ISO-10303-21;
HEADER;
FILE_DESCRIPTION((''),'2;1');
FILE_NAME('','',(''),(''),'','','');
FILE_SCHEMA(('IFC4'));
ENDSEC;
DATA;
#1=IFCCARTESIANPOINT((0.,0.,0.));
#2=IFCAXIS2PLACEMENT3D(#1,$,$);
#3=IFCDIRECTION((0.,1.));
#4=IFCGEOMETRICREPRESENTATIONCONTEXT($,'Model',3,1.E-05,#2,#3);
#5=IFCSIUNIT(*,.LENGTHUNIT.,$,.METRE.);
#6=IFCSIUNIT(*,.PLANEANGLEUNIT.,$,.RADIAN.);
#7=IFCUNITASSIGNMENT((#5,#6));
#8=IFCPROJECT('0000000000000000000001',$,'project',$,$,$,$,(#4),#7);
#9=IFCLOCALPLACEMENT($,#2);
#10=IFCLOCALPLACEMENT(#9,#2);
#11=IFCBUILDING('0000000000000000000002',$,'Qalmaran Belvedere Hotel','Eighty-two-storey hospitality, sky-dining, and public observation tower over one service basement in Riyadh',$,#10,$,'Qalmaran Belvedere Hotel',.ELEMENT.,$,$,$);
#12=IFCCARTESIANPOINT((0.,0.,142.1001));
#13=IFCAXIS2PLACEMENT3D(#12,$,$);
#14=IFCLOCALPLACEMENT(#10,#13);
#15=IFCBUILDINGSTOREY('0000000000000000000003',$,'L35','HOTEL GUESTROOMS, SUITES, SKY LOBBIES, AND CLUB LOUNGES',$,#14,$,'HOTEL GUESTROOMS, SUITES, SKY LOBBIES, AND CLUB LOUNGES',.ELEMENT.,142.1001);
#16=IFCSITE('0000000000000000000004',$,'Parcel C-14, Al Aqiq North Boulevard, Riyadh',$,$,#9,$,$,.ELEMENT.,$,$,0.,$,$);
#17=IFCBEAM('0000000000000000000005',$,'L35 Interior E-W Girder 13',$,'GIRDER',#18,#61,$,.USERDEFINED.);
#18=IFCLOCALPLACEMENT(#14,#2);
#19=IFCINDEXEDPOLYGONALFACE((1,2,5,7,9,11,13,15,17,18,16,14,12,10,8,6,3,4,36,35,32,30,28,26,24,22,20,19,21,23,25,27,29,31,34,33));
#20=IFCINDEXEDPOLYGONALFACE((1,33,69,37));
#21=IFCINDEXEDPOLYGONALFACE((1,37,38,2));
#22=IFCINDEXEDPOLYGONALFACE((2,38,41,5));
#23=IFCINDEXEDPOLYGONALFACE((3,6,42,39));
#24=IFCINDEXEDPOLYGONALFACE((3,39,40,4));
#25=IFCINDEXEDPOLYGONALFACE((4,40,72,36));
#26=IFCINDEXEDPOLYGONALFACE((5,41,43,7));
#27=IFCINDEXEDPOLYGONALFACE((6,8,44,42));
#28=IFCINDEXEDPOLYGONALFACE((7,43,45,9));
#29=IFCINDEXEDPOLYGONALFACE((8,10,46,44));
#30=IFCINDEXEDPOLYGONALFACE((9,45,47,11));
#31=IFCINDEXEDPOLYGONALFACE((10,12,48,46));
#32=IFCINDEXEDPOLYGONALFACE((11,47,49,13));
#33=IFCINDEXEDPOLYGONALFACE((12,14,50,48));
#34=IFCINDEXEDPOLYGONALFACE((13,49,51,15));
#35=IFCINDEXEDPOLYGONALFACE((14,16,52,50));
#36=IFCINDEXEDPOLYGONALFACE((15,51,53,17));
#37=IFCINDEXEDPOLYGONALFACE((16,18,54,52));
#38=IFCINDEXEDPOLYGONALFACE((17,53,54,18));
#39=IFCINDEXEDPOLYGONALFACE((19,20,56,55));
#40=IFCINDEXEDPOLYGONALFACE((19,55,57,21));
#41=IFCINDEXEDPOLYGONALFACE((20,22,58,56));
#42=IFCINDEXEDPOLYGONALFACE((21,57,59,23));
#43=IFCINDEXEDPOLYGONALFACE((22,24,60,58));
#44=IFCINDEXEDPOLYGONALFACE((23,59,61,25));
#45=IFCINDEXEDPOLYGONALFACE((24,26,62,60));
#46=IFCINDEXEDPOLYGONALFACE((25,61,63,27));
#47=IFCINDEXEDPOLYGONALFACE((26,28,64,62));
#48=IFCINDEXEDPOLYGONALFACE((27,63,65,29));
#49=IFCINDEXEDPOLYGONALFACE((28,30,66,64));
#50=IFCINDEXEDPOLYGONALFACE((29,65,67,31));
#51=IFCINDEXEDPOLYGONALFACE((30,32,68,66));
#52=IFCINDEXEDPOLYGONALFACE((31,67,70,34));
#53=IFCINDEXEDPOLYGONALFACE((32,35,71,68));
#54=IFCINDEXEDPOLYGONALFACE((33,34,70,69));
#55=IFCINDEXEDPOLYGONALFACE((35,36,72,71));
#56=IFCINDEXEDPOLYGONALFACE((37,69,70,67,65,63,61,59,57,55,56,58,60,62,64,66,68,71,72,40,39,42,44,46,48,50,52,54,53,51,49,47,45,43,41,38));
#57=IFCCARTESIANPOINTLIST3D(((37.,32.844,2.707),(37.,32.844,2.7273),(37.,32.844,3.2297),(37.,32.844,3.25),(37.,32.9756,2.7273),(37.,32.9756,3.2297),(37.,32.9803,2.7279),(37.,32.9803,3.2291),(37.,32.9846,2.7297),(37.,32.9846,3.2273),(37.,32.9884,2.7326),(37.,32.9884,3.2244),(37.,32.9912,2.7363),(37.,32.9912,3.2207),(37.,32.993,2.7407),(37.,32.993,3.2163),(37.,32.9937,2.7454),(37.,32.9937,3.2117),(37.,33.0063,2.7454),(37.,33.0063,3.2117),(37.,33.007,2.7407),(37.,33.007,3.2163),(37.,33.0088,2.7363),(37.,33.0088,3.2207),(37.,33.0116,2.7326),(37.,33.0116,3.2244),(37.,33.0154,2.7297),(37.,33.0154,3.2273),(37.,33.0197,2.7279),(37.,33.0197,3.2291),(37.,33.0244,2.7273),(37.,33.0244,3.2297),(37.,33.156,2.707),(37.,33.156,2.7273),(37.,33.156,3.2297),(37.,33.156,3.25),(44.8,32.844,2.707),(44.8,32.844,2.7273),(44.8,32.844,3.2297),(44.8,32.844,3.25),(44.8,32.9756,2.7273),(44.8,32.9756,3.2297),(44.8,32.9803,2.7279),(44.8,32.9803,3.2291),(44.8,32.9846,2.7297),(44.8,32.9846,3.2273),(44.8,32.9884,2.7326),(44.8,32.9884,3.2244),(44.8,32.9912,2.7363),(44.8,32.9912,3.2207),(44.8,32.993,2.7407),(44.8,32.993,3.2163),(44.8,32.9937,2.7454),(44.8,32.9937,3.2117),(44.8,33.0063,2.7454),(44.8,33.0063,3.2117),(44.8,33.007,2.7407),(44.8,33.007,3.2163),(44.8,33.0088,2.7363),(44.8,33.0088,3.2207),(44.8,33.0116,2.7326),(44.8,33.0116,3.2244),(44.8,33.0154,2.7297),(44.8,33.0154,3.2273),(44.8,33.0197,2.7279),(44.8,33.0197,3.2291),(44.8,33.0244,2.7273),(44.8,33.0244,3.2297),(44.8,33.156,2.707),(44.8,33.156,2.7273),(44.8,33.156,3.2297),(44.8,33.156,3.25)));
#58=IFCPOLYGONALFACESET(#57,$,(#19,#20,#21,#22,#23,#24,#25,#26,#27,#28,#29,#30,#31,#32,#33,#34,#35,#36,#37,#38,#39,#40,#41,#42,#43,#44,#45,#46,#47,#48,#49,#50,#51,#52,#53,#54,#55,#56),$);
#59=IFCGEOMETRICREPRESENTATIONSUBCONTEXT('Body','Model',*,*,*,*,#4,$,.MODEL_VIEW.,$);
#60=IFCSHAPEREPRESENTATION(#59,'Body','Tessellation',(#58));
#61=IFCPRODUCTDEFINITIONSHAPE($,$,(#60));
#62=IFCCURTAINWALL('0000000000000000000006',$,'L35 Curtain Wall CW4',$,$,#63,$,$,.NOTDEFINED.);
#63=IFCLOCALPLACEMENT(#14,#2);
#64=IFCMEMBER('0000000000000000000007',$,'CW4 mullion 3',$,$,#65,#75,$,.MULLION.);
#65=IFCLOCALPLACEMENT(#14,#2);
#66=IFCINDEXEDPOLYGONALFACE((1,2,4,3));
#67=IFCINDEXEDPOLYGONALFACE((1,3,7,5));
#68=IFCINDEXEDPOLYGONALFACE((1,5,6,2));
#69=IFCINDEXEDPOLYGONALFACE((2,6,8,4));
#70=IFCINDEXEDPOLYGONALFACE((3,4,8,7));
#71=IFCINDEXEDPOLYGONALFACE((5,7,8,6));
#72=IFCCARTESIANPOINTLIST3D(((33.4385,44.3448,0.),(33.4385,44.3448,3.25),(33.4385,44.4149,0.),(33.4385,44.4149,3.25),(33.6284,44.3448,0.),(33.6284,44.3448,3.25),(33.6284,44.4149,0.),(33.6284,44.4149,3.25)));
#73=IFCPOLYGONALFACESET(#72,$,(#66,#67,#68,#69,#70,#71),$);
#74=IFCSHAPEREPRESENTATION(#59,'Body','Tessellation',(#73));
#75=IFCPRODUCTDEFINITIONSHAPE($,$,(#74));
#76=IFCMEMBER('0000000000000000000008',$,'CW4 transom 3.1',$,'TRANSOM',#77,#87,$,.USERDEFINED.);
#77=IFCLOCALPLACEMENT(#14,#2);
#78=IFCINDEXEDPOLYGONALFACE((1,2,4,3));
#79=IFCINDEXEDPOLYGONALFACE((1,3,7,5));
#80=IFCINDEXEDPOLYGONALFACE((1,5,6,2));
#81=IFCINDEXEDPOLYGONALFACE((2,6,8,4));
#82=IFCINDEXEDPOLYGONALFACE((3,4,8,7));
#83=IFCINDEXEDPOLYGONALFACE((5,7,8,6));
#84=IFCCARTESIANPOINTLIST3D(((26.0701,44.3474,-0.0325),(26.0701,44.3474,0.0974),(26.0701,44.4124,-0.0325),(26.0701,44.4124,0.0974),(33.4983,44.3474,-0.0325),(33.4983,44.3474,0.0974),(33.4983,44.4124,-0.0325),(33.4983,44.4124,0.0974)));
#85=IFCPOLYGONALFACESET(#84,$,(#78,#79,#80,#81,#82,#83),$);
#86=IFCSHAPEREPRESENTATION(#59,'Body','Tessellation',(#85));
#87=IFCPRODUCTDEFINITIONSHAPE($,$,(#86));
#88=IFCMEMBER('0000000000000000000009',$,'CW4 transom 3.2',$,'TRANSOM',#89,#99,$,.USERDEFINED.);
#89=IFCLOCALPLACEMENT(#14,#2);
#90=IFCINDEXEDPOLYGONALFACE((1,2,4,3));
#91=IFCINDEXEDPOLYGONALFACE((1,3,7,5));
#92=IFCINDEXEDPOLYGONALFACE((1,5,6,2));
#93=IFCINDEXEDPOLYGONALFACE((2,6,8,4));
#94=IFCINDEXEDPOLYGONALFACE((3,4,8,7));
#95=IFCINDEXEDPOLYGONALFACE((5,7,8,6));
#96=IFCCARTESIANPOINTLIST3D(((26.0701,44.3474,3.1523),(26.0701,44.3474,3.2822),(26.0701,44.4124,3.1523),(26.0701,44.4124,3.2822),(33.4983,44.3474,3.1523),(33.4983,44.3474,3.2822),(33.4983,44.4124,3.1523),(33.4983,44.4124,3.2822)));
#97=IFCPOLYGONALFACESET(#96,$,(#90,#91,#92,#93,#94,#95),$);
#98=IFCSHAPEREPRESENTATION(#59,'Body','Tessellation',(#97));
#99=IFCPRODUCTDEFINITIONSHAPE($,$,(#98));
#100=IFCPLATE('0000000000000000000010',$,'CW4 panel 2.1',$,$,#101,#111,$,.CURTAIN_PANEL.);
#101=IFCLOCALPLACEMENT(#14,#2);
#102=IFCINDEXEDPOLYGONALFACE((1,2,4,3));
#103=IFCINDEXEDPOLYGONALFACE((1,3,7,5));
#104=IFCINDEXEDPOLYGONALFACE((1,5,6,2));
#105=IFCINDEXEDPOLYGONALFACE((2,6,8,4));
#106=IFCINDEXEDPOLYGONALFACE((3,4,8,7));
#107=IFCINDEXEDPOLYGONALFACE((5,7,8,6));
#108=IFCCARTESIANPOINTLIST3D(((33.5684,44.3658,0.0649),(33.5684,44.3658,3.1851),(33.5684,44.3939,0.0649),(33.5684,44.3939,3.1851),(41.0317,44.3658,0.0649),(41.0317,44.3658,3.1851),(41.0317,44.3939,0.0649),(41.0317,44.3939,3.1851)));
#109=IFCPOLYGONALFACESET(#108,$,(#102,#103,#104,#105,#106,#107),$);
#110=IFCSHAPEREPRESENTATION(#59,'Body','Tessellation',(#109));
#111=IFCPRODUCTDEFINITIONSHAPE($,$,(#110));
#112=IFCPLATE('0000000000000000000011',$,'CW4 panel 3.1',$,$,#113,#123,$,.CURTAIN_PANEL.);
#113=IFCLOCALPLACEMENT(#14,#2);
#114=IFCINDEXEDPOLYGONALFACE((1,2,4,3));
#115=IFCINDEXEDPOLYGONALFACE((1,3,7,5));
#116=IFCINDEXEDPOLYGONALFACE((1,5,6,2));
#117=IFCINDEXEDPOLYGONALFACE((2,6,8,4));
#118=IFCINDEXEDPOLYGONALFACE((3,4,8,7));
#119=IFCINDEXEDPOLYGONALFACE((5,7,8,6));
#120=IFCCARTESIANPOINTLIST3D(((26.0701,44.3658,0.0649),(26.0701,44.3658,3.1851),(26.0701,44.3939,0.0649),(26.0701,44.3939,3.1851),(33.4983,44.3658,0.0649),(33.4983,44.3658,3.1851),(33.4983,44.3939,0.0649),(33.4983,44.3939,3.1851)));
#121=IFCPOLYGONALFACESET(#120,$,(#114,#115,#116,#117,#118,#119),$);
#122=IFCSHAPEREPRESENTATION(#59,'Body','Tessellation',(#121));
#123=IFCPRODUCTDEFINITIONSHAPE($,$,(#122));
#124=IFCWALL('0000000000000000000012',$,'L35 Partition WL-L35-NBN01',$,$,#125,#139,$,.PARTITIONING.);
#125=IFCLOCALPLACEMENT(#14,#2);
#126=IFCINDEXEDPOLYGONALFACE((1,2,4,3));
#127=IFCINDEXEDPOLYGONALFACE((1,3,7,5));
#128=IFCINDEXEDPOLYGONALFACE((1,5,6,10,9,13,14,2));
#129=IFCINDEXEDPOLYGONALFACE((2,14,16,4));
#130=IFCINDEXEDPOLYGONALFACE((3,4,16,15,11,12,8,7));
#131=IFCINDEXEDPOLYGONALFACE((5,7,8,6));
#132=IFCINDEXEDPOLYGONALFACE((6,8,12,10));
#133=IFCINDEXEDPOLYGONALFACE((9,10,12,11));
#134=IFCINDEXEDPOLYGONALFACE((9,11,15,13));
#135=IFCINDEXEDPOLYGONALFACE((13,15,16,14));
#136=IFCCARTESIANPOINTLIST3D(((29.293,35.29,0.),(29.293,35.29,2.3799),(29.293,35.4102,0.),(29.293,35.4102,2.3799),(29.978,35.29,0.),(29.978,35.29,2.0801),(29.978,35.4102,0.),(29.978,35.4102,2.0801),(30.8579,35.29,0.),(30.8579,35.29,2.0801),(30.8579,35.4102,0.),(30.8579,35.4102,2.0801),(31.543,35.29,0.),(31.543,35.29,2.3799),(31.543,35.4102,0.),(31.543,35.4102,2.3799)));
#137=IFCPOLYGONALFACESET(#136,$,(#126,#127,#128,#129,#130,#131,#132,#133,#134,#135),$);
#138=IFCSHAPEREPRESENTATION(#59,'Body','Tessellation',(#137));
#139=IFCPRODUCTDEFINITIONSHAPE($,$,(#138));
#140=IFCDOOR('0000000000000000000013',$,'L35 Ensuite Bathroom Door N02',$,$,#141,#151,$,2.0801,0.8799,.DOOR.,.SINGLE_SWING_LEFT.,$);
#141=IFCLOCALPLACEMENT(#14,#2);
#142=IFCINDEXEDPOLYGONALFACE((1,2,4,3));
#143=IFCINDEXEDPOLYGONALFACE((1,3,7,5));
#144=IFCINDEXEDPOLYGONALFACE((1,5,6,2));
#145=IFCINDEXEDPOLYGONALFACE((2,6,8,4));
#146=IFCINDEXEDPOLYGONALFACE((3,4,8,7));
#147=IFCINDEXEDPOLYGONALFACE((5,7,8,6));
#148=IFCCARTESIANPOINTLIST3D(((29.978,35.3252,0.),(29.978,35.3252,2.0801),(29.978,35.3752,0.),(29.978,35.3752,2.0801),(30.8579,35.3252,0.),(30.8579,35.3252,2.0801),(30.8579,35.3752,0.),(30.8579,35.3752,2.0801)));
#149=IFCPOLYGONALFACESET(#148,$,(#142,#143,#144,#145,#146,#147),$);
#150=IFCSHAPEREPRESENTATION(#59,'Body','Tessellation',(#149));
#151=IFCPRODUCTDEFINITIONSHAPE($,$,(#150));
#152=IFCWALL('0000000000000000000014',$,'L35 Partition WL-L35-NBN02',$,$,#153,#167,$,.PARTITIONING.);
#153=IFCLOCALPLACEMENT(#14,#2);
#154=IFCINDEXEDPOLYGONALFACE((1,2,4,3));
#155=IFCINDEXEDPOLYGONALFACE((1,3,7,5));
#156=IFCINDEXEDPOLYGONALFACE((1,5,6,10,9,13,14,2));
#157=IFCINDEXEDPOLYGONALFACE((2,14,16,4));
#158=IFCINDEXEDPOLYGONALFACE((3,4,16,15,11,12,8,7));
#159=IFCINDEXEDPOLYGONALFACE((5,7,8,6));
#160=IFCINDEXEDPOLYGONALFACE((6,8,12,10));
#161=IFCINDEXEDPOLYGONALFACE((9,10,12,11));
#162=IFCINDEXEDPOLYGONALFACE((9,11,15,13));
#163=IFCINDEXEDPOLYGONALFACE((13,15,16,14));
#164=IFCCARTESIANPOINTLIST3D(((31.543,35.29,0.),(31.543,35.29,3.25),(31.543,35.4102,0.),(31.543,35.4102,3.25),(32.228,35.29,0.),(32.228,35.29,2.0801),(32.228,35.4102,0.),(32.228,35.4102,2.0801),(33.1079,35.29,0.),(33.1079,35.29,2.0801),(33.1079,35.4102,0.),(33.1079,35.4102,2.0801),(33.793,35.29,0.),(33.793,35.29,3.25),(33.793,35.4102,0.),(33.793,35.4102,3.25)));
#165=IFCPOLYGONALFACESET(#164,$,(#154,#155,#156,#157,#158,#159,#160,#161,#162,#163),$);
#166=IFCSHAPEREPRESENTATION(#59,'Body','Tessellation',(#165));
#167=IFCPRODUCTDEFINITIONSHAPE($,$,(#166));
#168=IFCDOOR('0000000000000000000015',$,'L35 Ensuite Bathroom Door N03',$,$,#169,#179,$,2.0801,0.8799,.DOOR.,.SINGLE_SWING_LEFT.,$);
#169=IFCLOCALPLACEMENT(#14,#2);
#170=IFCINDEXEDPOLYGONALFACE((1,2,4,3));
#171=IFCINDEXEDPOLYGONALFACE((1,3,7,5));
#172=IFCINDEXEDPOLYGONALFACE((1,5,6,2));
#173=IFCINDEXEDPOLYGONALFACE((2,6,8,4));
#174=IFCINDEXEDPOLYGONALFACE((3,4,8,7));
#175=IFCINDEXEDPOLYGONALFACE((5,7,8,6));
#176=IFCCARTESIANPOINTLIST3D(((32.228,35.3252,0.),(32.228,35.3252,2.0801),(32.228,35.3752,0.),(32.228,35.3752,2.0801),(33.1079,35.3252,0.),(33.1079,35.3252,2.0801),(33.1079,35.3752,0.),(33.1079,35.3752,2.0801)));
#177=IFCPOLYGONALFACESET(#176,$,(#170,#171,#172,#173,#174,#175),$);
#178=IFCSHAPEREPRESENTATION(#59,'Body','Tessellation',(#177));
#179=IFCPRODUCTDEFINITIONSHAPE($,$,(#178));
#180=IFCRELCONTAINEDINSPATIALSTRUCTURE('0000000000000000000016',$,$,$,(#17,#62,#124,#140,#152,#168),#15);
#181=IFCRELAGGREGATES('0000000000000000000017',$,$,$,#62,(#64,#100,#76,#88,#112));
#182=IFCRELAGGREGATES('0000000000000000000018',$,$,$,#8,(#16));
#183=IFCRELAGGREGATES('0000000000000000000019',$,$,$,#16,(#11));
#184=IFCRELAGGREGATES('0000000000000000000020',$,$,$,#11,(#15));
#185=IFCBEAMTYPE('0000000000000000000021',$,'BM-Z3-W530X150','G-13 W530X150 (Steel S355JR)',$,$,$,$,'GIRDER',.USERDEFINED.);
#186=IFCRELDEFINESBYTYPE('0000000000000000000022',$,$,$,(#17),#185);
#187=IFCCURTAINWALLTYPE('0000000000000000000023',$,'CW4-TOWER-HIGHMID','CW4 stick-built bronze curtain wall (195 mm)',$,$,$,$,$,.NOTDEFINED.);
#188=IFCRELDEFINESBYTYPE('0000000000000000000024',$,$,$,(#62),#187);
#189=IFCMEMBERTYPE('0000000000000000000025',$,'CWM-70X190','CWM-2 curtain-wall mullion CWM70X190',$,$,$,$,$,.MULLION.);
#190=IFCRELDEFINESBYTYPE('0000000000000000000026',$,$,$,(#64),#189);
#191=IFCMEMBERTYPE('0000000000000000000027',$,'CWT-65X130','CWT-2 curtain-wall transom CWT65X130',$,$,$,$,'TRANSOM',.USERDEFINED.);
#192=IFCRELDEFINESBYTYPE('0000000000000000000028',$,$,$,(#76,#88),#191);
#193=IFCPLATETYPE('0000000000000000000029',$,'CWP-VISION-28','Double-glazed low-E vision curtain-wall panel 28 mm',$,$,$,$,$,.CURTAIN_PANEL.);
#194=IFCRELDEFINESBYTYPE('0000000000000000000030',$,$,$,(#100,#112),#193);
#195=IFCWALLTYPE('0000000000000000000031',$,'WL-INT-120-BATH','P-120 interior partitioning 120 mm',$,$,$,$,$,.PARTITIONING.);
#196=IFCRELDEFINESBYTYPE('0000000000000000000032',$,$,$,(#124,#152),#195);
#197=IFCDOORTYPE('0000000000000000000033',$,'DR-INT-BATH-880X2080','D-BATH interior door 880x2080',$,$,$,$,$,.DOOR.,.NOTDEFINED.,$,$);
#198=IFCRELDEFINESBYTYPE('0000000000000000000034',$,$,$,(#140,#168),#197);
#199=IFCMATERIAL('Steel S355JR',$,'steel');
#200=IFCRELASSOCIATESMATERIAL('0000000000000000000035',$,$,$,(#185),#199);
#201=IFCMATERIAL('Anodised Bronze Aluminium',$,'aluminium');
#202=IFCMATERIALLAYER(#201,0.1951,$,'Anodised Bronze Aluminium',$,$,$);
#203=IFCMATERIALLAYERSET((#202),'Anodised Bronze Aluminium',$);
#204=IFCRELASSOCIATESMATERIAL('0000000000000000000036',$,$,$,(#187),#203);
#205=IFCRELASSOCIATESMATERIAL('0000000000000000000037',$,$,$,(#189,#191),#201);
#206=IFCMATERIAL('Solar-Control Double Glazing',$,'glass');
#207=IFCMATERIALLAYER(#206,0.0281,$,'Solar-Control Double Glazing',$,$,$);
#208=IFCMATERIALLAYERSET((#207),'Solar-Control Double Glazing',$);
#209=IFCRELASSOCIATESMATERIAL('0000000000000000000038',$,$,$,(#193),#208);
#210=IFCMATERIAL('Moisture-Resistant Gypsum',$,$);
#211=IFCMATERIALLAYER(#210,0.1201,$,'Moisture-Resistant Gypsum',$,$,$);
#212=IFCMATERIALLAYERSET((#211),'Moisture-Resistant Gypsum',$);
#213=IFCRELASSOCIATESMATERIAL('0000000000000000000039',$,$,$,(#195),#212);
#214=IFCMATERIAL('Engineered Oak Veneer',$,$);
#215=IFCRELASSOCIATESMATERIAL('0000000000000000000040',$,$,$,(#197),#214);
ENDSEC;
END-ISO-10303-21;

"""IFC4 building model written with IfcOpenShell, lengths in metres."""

from ifc_helpers import new_model, si_unit, direction, frame, frame_2d, origin, origin_2d, place, context, subcontext, project, spatial, rectangle, i_section, extrude, material, layer, layer_set, material_profile, profile_set, type_object, element, fill, aggregate, save


model = new_model("IFC4")

# Units and contexts
model_context = context("Model", 3, precision=1e-05, world=origin(), true_north=direction((0.0, 1.0)))
body_context = subcontext(model_context, "Body", "Model", "MODEL_VIEW")
ifc_project = project(units=[si_unit("LENGTHUNIT", "METRE"), si_unit("PLANEANGLEUNIT", "RADIAN")], contexts=[model_context])

# Site, building, storey
site_placement = place(None, origin())
site = spatial("IfcSite", under=ifc_project, at=site_placement, Name="Parcel C-14, Al Aqiq North Boulevard, Riyadh", CompositionType="ELEMENT", RefElevation=0.0)
building_placement = place(site_placement, origin())
building = spatial("IfcBuilding", under=site, at=building_placement, Name="Qalmaran Belvedere Hotel", Description="Eighty-two-storey hospitality, sky-dining, and public observation tower over one service basement in Riyadh", LongName="Qalmaran Belvedere Hotel", CompositionType="ELEMENT")
storey_placement = place(building_placement, frame((0.0, 0.0, 142.1001)))
storey = spatial("IfcBuildingStorey", under=building, at=storey_placement, Name="L35", Description="HOTEL GUESTROOMS, SUITES, SKY LOBBIES, AND CLUB LOUNGES", LongName="HOTEL GUESTROOMS, SUITES, SKY LOBBIES, AND CLUB LOUNGES", CompositionType="ELEMENT", Elevation=142.1001)

# Beam
ifc_material_1 = material(Name="Steel S355JR", Category="steel")
ifc_material_profile_1 = material_profile(ifc_material_1, i_section(OverallWidth=0.312, OverallDepth=0.543, WebThickness=0.0127, FlangeThickness=0.0203, FilletRadius=0.0181, at=origin_2d()), Name="W530X150")
ifc_profile_set_1 = profile_set([ifc_material_profile_1], Name="Steel S355JR")
beam_type_1 = type_object("IfcBeamType", Name="BM-Z3-W530X150", Description="G-13 W530X150 (Steel S355JR)", ElementType="GIRDER", PredefinedType="USERDEFINED", material=ifc_profile_set_1)
beam_1_placement = place(storey_placement, frame((37.0, 33.0, 2.9785), z_axis=(1.0, 0.0, 0.0), x_axis=(0.0, 1.0, 0.0)))
element("IfcBeam", 1, at=beam_1_placement, inside=storey, type_object=beam_type_1, Name="L35 Interior E-W Girder 13", ObjectType="GIRDER", PredefinedType="USERDEFINED", context=body_context, shape_type="SweptSolid", body=[
    extrude(i_section(OverallWidth=0.312, OverallDepth=0.543, WebThickness=0.0127, FlangeThickness=0.0203, FilletRadius=0.0181, at=origin_2d()), origin(), (0.0, 0.0, 1.0), 7.8),
])

# Curtain wall, members, plates
ifc_material_2 = material(Name="Anodised Bronze Aluminium", Category="aluminium")
ifc_layer_1 = layer(ifc_material_2, 0.1951, Name="Anodised Bronze Aluminium")
ifc_layer_set_1 = layer_set([ifc_layer_1], Name="Anodised Bronze Aluminium")
curtain_wall_type = type_object("IfcCurtainWallType", Name="CW4-TOWER-HIGHMID", Description="CW4 stick-built bronze curtain wall (195 mm)", PredefinedType="NOTDEFINED", material=ifc_layer_set_1)
curtain_wall_placement = place(storey_placement, origin())
curtain_wall = element("IfcCurtainWall", 2, at=curtain_wall_placement, inside=storey, type_object=curtain_wall_type, Name="L35 Curtain Wall CW4", PredefinedType="NOTDEFINED")
ifc_material_profile_2 = material_profile(ifc_material_2, rectangle(XDim=0.0701, YDim=0.1899, at=origin_2d()), Name="CWM70X190")
ifc_profile_set_2 = profile_set([ifc_material_profile_2], Name="Anodised Bronze Aluminium")
member_type_1 = type_object("IfcMemberType", Name="CWM-70X190", Description="CWM-2 curtain-wall mullion CWM70X190", PredefinedType="MULLION", material=ifc_profile_set_2)
member_1_placement = place(storey_placement, frame((33.5334, 44.3799, 0.0), z_axis=(0.0, 0.0, 1.0), x_axis=(0.0, -1.0, 0.0)))
member_1 = element("IfcMember", 3, at=member_1_placement, type_object=member_type_1, Name="CW4 mullion 3", PredefinedType="MULLION", context=body_context, shape_type="SweptSolid", body=[
    extrude(rectangle(XDim=0.0701, YDim=0.1899, at=origin_2d()), origin(), (0.0, 0.0, 1.0), 3.25),
])
ifc_material_profile_3 = material_profile(ifc_material_2, rectangle(XDim=0.0649, YDim=0.1299, at=origin_2d()), Name="CWT65X130")
ifc_profile_set_3 = profile_set([ifc_material_profile_3], Name="Anodised Bronze Aluminium")
member_type_2 = type_object("IfcMemberType", Name="CWT-65X130", Description="CWT-2 curtain-wall transom CWT65X130", ElementType="TRANSOM", PredefinedType="USERDEFINED", material=ifc_profile_set_3)
member_2_placement = place(storey_placement, frame((33.4983, 44.3799, 0.0325), z_axis=(-1.0, 0.0, 0.0), x_axis=(0.0, -1.0, 0.0)))
member_2 = element("IfcMember", 4, at=member_2_placement, type_object=member_type_2, Name="CW4 transom 3.1", ObjectType="TRANSOM", PredefinedType="USERDEFINED", context=body_context, shape_type="SweptSolid", body=[
    extrude(rectangle(XDim=0.0649, YDim=0.1299, at=origin_2d()), origin(), (0.0, 0.0, 1.0), 7.4282),
])
member_3_placement = place(storey_placement, frame((33.4983, 44.3799, 3.2173), z_axis=(-1.0, 0.0, 0.0), x_axis=(0.0, -1.0, 0.0)))
member_3 = element("IfcMember", 5, at=member_3_placement, type_object=member_type_2, Name="CW4 transom 3.2", ObjectType="TRANSOM", PredefinedType="USERDEFINED", context=body_context, shape_type="SweptSolid", body=[
    extrude(rectangle(XDim=0.0649, YDim=0.1299, at=origin_2d()), origin(), (0.0, 0.0, 1.0), 7.4282),
])
ifc_material_3 = material(Name="Solar-Control Double Glazing", Category="glass")
ifc_layer_2 = layer(ifc_material_3, 0.0281, Name="Solar-Control Double Glazing")
ifc_layer_set_2 = layer_set([ifc_layer_2], Name="Solar-Control Double Glazing")
plate_type = type_object("IfcPlateType", Name="CWP-VISION-28", Description="Double-glazed low-E vision curtain-wall panel 28 mm", PredefinedType="CURTAIN_PANEL", material=ifc_layer_set_2)
plate_1_placement = place(storey_placement, frame((37.3, 44.3799, 0.0649), z_axis=(0.0, 0.0, 1.0), x_axis=(-1.0, 0.0, 0.0)))
plate_1 = element("IfcPlate", 6, at=plate_1_placement, type_object=plate_type, Name="CW4 panel 2.1", PredefinedType="CURTAIN_PANEL", context=body_context, shape_type="SweptSolid", body=[
    extrude(rectangle(XDim=7.4634, YDim=0.0281, at=origin_2d()), origin(), (0.0, 0.0, 1.0), 3.1201),
])
plate_2_placement = place(storey_placement, frame((29.7842, 44.3799, 0.0649), z_axis=(0.0, 0.0, 1.0), x_axis=(-1.0, 0.0, 0.0)))
plate_2 = element("IfcPlate", 7, at=plate_2_placement, type_object=plate_type, Name="CW4 panel 3.1", PredefinedType="CURTAIN_PANEL", context=body_context, shape_type="SweptSolid", body=[
    extrude(rectangle(XDim=7.4282, YDim=0.0281, at=origin_2d()), origin(), (0.0, 0.0, 1.0), 3.1201),
])
aggregate(curtain_wall, [member_1, plate_1, member_2, member_3, plate_2])

# Walls, openings, doors
ifc_material_4 = material(Name="Moisture-Resistant Gypsum")
ifc_layer_3 = layer(ifc_material_4, 0.1201, Name="Moisture-Resistant Gypsum")
ifc_layer_set_3 = layer_set([ifc_layer_3], Name="Moisture-Resistant Gypsum")
wall_type_1 = type_object("IfcWallType", Name="WL-INT-120-BATH", Description="P-120 interior partitioning 120 mm", PredefinedType="PARTITIONING", material=ifc_layer_set_3)
wall_1_placement = place(storey_placement, frame((29.293, 35.3501, 0.0), z_axis=(0.0, 0.0, 1.0), x_axis=(1.0, 0.0, 0.0)))
wall_1 = element("IfcWall", 8, at=wall_1_placement, inside=storey, type_object=wall_type_1, Name="L35 Partition WL-L35-NBN01", PredefinedType="PARTITIONING", context=body_context, shape_type="SweptSolid", body=[
    extrude(rectangle(XDim=2.25, YDim=0.1201, at=frame_2d((1.125, 0.0))), origin(), (0.0, 0.0, 1.0), 2.3799),
])
opening_1_placement = place(wall_1_placement, frame((1.5649, 0.0, 0.0), z_axis=(0.0, 0.0, 1.0), x_axis=(-1.0, 0.0, 0.0)))
opening_1 = element("IfcOpeningElement", 9, at=opening_1_placement, cuts=wall_1, PredefinedType="OPENING", context=body_context, shape_type="SweptSolid", body=[
    extrude(rectangle(XDim=0.8799, YDim=2.0801, at=frame_2d((0.4399, 1.04))), frame((0.0, 0.0701, 0.0), z_axis=(0.0, -1.0, 0.0), x_axis=(1.0, 0.0, 0.0)), (0.0, 0.0, 1.0), 0.1401),
])
ifc_material_5 = material(Name="Engineered Oak Veneer")
door_type_1 = type_object("IfcDoorType", Name="DR-INT-BATH-880X2080", Description="D-BATH interior door 880x2080", OperationType="NOTDEFINED", PredefinedType="DOOR", material=ifc_material_5)
door_1_placement = place(opening_1_placement, origin())
door_1 = element("IfcDoor", 10, at=door_1_placement, inside=storey, type_object=door_type_1, Name="L35 Ensuite Bathroom Door N02", OperationType="SINGLE_SWING_LEFT", OverallHeight=2.0801, OverallWidth=0.8799, PredefinedType="DOOR", context=body_context, shape_type="SweptSolid", body=[
    extrude(rectangle(XDim=0.8799, YDim=2.0801, at=frame_2d((0.4399, 1.04))), frame((0.0, 0.0249, 0.0), z_axis=(0.0, -1.0, 0.0), x_axis=(1.0, 0.0, 0.0)), (0.0, 0.0, 1.0), 0.05),
])
fill(opening_1, door_1)
wall_2_placement = place(storey_placement, frame((31.543, 35.3501, 0.0), z_axis=(0.0, 0.0, 1.0), x_axis=(1.0, 0.0, 0.0)))
wall_2 = element("IfcWall", 11, at=wall_2_placement, inside=storey, type_object=wall_type_1, Name="L35 Partition WL-L35-NBN02", PredefinedType="PARTITIONING", context=body_context, shape_type="SweptSolid", body=[
    extrude(rectangle(XDim=2.25, YDim=0.1201, at=frame_2d((1.125, 0.0))), origin(), (0.0, 0.0, 1.0), 3.25),
])
opening_2_placement = place(wall_2_placement, frame((1.5649, 0.0, 0.0), z_axis=(0.0, 0.0, 1.0), x_axis=(-1.0, 0.0, 0.0)))
opening_2 = element("IfcOpeningElement", 12, at=opening_2_placement, cuts=wall_2, PredefinedType="OPENING", context=body_context, shape_type="SweptSolid", body=[
    extrude(rectangle(XDim=0.8799, YDim=2.0801, at=frame_2d((0.4399, 1.04))), frame((0.0, 0.0701, 0.0), z_axis=(0.0, -1.0, 0.0), x_axis=(1.0, 0.0, 0.0)), (0.0, 0.0, 1.0), 0.1401),
])
door_2_placement = place(opening_2_placement, origin())
door_2 = element("IfcDoor", 13, at=door_2_placement, inside=storey, type_object=door_type_1, Name="L35 Ensuite Bathroom Door N03", OperationType="SINGLE_SWING_LEFT", OverallHeight=2.0801, OverallWidth=0.8799, PredefinedType="DOOR", context=body_context, shape_type="SweptSolid", body=[
    extrude(rectangle(XDim=0.8799, YDim=2.0801, at=frame_2d((0.4399, 1.04))), frame((0.0, 0.0249, 0.0), z_axis=(0.0, -1.0, 0.0), x_axis=(1.0, 0.0, 0.0)), (0.0, 0.0, 1.0), 0.05),
])
fill(opening_2, door_2)

save(model, "model.ifc")
